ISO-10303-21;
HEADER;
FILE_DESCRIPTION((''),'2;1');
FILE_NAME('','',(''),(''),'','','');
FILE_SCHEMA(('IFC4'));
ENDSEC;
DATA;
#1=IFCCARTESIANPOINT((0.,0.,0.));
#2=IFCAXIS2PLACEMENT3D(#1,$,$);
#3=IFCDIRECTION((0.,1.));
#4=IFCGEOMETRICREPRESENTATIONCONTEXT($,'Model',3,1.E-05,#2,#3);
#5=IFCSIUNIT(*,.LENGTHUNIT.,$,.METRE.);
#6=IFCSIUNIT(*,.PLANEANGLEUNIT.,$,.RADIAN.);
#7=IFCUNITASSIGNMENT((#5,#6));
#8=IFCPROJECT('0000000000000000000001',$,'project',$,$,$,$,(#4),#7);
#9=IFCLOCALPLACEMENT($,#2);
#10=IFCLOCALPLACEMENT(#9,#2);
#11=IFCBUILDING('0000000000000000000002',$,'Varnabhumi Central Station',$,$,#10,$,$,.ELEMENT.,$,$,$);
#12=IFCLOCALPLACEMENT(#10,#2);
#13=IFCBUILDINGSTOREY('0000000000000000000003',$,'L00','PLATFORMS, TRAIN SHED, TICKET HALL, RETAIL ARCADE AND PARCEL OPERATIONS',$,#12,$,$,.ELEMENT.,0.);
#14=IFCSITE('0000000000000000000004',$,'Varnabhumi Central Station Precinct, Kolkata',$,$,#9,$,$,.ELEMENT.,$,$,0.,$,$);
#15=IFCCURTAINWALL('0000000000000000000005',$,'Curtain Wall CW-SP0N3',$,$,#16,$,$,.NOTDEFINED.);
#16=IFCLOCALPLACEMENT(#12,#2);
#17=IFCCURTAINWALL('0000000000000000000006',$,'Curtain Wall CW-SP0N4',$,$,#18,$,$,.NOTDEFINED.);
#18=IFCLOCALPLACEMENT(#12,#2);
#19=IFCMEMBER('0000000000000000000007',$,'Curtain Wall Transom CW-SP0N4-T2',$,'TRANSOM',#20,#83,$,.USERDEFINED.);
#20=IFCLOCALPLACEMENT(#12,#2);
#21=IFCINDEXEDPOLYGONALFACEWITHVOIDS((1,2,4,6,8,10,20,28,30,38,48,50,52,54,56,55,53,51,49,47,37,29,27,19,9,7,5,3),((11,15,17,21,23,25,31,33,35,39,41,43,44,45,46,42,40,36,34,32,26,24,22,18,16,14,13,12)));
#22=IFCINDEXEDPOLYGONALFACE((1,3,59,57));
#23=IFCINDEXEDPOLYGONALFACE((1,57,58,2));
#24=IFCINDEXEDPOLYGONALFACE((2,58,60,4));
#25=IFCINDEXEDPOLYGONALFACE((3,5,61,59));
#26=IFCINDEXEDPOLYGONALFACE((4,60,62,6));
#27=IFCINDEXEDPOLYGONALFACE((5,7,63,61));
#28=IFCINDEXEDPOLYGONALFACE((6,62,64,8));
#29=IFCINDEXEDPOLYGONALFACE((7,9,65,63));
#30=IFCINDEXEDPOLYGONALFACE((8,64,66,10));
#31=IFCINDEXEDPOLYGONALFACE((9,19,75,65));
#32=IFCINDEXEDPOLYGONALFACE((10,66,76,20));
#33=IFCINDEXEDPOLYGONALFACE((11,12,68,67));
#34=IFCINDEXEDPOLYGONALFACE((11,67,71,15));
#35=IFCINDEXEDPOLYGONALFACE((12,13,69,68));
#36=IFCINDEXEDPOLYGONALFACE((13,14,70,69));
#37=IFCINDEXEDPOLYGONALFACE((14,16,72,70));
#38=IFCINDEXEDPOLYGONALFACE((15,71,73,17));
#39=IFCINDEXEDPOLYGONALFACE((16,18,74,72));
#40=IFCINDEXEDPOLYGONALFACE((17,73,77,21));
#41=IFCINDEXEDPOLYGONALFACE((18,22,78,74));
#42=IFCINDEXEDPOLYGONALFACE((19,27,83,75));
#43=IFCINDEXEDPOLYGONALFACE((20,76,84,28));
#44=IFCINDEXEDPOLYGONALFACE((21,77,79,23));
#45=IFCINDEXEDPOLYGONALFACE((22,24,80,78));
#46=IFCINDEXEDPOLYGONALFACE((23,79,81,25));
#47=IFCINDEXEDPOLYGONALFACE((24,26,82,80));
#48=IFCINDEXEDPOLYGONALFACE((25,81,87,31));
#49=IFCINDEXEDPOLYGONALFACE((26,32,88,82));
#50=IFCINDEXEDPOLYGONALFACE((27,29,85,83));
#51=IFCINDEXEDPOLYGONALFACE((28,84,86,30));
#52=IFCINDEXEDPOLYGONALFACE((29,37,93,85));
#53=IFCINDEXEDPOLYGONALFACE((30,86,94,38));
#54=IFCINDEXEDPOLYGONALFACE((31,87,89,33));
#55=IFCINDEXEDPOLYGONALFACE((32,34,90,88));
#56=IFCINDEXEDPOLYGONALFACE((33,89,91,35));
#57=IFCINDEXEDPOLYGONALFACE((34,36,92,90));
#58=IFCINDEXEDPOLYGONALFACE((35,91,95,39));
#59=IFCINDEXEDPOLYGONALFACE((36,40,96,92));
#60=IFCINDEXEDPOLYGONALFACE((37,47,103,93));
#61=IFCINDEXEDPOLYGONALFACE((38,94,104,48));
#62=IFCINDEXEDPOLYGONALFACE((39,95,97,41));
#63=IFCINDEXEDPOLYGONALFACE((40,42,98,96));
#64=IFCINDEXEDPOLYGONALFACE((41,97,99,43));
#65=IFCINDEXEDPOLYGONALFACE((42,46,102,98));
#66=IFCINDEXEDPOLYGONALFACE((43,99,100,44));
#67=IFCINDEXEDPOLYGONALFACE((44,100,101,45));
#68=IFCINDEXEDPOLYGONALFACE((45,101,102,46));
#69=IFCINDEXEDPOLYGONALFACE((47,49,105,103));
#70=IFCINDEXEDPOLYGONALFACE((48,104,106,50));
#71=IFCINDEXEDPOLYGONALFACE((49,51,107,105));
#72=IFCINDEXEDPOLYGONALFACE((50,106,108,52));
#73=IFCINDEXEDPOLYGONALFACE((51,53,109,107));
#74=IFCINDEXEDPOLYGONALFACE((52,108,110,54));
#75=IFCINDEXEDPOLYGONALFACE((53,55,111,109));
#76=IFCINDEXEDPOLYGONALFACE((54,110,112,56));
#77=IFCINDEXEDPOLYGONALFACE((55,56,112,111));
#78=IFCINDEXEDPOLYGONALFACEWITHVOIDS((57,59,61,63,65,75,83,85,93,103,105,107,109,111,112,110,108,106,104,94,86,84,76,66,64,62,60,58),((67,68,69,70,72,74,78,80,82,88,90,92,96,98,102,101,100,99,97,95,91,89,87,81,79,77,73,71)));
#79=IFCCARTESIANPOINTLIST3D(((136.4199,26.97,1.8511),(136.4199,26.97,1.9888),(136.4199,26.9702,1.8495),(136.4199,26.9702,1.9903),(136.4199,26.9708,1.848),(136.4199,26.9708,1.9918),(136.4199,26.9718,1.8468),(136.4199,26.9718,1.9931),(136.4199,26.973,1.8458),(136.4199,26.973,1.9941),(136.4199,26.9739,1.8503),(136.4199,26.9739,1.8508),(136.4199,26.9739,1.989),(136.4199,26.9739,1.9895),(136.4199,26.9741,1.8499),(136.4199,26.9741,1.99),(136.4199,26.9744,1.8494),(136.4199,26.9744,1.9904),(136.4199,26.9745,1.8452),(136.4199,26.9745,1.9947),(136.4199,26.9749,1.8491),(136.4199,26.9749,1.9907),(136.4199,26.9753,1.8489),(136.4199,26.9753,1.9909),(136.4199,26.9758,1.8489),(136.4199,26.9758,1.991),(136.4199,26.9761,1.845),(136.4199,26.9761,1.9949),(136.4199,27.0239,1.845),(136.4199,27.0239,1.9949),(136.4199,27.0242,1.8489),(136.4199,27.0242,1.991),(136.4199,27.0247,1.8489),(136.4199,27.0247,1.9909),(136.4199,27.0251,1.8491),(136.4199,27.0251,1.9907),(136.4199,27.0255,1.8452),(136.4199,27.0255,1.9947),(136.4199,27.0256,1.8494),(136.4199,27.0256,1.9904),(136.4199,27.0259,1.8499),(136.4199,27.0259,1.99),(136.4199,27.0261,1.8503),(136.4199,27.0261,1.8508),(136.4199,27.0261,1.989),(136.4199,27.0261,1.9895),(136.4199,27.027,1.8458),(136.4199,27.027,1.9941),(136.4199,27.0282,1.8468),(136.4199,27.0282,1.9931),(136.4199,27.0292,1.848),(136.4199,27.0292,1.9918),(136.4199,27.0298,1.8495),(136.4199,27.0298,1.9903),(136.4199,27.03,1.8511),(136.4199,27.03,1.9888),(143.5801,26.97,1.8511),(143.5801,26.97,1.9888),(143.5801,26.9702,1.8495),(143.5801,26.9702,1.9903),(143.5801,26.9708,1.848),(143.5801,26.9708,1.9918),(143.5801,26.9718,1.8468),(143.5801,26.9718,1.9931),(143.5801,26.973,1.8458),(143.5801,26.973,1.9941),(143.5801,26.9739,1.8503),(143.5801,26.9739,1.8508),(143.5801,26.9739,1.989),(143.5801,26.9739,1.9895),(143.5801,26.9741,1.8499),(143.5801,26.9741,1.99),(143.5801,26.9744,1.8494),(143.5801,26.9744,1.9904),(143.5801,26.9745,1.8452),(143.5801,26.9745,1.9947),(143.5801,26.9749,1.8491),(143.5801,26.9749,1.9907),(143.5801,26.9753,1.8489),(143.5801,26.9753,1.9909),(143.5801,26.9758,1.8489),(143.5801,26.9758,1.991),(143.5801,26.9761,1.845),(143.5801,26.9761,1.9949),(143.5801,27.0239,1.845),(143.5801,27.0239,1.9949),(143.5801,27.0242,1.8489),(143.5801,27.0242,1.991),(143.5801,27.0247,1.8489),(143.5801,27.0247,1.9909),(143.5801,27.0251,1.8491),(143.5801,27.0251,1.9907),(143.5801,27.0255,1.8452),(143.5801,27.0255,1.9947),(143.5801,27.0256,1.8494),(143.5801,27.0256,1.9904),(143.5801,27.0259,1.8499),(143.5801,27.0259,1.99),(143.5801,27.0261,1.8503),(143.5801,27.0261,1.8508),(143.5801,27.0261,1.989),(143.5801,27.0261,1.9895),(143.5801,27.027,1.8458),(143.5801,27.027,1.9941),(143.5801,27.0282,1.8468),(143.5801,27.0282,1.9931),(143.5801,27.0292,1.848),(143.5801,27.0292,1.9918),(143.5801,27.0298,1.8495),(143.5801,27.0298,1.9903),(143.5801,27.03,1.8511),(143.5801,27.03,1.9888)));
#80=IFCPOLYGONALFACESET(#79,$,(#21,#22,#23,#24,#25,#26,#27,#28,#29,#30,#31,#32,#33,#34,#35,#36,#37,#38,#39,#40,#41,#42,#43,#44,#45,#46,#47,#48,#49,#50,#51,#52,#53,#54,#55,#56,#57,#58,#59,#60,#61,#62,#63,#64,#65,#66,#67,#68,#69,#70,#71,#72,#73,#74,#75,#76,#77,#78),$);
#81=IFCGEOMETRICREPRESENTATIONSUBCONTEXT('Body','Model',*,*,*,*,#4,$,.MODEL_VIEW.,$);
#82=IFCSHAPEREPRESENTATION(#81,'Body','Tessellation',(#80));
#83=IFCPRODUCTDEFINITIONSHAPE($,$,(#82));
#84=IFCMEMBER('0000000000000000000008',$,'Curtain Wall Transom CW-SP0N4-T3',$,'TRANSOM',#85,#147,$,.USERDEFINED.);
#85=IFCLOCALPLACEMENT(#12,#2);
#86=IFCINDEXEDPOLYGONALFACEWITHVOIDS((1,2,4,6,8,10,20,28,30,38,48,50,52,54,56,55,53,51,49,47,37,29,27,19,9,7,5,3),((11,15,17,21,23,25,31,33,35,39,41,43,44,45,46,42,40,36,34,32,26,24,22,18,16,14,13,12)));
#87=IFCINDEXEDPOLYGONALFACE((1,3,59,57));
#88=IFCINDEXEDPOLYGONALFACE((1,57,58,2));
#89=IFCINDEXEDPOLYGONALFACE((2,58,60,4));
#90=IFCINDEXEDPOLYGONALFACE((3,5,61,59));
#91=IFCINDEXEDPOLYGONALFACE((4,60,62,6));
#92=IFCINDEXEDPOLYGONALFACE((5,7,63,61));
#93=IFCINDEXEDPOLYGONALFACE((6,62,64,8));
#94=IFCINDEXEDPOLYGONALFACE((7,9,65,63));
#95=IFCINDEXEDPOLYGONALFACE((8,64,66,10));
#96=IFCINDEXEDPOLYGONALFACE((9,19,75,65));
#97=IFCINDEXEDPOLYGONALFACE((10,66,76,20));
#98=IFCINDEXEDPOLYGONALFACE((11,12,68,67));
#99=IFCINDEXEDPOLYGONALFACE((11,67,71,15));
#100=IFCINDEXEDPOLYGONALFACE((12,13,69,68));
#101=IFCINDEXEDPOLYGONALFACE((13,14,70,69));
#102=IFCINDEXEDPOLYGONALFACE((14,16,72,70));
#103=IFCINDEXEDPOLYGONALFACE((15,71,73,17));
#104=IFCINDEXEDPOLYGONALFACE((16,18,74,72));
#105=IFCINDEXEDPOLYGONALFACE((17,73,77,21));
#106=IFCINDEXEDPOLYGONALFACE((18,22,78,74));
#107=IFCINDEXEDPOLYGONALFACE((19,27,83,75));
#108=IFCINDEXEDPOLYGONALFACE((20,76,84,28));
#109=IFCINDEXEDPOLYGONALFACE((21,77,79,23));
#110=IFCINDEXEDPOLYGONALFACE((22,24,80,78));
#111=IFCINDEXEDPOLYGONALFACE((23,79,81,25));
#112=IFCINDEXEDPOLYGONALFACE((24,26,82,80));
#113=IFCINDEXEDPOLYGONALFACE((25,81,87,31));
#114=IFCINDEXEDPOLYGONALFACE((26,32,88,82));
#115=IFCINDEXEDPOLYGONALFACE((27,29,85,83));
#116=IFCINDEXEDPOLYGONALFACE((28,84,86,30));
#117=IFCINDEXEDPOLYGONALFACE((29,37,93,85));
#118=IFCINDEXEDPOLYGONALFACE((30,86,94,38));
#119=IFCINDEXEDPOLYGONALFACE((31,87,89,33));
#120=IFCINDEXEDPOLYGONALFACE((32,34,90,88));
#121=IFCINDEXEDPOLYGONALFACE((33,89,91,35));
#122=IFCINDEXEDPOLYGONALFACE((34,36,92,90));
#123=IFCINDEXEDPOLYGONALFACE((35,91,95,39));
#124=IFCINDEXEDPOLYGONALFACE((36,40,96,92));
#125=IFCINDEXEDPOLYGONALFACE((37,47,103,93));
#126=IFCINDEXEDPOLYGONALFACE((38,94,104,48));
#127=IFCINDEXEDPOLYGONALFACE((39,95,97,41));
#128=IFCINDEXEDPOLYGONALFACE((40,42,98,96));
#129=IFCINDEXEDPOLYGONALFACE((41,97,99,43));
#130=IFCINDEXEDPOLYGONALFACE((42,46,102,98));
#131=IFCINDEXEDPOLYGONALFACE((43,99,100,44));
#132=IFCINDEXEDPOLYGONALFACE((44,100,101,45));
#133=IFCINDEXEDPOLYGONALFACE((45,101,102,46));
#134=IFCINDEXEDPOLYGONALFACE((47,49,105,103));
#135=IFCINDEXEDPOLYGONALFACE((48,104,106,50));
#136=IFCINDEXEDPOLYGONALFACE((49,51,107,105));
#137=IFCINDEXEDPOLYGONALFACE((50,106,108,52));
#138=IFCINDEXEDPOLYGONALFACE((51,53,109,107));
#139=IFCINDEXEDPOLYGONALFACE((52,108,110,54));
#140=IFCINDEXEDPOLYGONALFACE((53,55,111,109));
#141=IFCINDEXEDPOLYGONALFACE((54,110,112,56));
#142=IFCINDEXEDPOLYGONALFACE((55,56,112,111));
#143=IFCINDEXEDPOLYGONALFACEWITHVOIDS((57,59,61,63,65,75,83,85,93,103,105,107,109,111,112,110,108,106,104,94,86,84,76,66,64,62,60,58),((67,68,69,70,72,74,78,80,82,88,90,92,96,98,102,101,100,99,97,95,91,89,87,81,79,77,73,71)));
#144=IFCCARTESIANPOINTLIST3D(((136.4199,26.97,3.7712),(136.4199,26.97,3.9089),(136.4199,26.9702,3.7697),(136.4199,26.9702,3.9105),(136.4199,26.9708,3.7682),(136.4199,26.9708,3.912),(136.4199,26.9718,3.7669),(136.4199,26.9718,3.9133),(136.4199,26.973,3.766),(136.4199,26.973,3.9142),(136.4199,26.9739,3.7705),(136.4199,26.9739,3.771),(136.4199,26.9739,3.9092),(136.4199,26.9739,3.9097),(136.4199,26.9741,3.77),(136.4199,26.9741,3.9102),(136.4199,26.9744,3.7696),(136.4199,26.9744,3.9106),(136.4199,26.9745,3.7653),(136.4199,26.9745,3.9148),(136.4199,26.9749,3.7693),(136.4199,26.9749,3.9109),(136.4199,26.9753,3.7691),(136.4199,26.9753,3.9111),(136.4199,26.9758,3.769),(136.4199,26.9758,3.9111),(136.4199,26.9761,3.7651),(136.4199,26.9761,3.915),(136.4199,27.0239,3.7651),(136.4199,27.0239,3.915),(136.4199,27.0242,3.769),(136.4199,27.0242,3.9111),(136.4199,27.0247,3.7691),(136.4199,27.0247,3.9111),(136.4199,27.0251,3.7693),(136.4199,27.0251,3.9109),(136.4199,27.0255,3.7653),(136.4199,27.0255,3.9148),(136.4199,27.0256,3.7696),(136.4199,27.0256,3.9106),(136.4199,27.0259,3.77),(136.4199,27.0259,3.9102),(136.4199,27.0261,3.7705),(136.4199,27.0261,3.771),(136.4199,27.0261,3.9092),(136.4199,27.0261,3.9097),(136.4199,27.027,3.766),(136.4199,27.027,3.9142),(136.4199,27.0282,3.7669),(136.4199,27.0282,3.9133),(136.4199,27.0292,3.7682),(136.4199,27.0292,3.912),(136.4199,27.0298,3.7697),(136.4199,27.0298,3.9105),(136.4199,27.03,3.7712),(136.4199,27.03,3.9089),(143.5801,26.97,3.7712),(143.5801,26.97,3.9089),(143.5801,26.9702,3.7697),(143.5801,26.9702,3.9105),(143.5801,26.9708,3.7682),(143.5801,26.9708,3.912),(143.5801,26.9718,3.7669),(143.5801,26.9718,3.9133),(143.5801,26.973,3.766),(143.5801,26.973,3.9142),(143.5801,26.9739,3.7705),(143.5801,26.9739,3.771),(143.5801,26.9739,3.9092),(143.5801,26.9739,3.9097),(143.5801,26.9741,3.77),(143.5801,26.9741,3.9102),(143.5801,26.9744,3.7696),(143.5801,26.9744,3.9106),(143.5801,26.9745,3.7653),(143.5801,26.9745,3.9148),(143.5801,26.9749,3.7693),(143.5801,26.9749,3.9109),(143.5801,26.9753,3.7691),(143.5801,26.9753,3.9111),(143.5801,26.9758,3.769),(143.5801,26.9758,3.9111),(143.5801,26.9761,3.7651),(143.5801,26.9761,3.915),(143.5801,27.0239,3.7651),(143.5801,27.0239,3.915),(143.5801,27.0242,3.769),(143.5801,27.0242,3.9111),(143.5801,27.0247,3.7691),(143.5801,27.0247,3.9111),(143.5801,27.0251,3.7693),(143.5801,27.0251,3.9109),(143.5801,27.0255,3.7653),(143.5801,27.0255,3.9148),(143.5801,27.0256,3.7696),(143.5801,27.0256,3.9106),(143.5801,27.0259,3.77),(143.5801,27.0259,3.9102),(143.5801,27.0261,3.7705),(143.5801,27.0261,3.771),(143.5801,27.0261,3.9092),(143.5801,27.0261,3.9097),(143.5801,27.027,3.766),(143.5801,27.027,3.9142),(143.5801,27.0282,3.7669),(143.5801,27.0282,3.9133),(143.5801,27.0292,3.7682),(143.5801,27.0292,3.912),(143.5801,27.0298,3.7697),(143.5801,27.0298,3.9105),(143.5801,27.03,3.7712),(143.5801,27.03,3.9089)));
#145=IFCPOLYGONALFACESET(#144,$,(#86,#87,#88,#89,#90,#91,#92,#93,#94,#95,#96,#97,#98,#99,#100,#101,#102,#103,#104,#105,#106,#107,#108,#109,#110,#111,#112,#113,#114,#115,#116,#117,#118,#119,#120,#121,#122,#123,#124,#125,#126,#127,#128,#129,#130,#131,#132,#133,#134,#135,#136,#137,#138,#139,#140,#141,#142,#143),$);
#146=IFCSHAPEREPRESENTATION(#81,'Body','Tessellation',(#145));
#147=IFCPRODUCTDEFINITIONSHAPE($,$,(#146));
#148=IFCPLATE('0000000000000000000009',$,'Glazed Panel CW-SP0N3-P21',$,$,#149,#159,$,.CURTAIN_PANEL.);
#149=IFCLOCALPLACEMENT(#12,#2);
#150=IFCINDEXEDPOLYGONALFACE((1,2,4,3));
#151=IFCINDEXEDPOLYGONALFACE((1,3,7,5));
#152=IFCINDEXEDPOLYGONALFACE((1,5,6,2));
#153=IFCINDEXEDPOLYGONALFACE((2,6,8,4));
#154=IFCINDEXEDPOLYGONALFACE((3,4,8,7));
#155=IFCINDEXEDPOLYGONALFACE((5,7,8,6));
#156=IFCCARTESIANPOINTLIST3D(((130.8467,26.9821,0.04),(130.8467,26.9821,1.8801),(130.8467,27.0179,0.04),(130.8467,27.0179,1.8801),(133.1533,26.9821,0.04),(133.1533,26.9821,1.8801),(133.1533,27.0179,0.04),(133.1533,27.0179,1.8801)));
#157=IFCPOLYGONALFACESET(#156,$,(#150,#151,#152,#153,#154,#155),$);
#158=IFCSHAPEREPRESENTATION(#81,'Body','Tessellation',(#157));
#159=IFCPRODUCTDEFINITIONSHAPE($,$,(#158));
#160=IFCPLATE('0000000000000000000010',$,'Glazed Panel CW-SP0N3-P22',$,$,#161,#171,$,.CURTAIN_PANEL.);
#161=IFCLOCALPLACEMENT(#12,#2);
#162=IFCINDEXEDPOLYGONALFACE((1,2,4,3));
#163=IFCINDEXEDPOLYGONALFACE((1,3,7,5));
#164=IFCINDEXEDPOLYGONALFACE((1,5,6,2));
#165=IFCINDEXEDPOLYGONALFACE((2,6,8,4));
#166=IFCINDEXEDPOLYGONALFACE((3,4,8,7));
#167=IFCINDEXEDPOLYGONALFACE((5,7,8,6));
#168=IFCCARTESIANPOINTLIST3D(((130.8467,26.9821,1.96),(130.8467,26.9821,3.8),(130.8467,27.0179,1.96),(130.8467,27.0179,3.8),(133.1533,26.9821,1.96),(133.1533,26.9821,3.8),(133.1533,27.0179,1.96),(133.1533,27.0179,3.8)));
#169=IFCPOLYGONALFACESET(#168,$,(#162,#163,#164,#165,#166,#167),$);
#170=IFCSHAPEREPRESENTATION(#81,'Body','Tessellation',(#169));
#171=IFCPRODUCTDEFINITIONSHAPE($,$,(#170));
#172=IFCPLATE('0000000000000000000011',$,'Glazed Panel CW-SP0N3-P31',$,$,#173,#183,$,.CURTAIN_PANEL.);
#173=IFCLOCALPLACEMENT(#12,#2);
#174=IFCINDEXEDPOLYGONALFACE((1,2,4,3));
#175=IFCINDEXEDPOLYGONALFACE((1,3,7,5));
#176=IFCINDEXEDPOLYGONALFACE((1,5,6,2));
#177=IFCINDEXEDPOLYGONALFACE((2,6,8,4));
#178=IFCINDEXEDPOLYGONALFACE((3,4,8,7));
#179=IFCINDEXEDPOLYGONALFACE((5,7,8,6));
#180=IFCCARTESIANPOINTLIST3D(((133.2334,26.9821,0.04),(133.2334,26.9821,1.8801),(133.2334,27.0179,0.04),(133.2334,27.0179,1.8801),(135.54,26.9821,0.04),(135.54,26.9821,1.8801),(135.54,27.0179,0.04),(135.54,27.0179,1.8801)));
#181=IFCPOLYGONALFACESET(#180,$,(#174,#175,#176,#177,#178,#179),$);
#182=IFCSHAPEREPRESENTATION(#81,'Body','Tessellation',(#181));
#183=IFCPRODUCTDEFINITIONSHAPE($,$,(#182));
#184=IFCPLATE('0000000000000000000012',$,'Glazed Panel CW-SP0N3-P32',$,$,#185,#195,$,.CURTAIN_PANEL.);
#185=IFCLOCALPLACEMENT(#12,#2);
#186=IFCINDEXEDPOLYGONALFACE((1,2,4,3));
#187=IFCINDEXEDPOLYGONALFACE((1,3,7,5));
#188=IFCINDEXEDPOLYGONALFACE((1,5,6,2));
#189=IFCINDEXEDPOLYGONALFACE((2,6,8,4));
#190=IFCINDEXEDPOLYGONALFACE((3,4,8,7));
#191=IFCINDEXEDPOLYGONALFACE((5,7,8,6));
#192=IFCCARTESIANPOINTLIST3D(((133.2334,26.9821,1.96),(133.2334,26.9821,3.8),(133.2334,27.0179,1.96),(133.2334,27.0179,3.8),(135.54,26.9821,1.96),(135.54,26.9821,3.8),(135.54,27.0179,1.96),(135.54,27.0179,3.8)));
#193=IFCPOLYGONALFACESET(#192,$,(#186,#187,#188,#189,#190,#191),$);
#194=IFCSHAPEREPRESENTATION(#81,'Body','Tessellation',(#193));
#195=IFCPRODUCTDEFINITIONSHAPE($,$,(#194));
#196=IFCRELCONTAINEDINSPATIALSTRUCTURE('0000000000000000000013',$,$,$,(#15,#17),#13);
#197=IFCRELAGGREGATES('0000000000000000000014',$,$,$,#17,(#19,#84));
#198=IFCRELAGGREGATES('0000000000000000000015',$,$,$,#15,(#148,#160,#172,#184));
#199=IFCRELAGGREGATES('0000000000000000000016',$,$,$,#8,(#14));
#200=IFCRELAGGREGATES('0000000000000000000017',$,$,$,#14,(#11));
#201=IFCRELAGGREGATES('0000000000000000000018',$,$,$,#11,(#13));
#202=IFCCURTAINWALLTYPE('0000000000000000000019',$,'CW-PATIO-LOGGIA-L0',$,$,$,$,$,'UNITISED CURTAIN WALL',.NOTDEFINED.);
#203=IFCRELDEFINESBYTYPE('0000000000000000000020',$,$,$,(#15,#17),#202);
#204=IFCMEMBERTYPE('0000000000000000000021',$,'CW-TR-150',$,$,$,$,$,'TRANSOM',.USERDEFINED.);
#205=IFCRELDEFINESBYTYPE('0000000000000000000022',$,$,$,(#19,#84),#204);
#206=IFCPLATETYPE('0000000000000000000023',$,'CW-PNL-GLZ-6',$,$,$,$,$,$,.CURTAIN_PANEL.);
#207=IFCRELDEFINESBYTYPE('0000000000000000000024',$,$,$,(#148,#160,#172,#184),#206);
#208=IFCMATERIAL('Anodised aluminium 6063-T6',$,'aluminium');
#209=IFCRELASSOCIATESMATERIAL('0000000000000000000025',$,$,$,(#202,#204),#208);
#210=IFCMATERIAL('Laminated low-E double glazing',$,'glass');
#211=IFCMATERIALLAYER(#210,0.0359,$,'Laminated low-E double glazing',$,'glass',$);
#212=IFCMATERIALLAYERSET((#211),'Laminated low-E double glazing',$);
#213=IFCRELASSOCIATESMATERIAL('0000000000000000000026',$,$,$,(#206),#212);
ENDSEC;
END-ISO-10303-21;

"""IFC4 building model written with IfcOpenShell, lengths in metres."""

from ifc_helpers import new_model, si_unit, direction, frame, origin, origin_2d, place, context, subcontext, project, spatial, rectangle, hollow_rectangle, extrude, material, layer, layer_set, material_profile, profile_set, type_object, element, aggregate, save


model = new_model("IFC4")

# Units and contexts
model_context = context("Model", 3, precision=1e-05, world=origin(), true_north=direction((0.0, 1.0)))
body_context = subcontext(model_context, "Body", "Model", "MODEL_VIEW")
ifc_project = project(units=[si_unit("LENGTHUNIT", "METRE"), si_unit("PLANEANGLEUNIT", "RADIAN")], contexts=[model_context])

# Site, building, storey
site_placement = place(None, origin())
site = spatial("IfcSite", under=ifc_project, at=site_placement, Name="Varnabhumi Central Station Precinct, Kolkata", CompositionType="ELEMENT", RefElevation=0.0)
building_placement = place(site_placement, origin())
building = spatial("IfcBuilding", under=site, at=building_placement, Name="Varnabhumi Central Station", CompositionType="ELEMENT")
storey_placement = place(building_placement, origin())
storey = spatial("IfcBuildingStorey", under=building, at=storey_placement, Name="L00", Description="PLATFORMS, TRAIN SHED, TICKET HALL, RETAIL ARCADE AND PARCEL OPERATIONS", CompositionType="ELEMENT", Elevation=0.0)

# Curtain walls, members
ifc_material_1 = material(Name="Anodised aluminium 6063-T6", Category="aluminium")
curtain_wall_type = type_object("IfcCurtainWallType", Name="CW-PATIO-LOGGIA-L0", ElementType="UNITISED CURTAIN WALL", PredefinedType="NOTDEFINED", material=ifc_material_1)
curtain_wall_1_placement = place(storey_placement, origin())
curtain_wall_1 = element("IfcCurtainWall", 1, at=curtain_wall_1_placement, inside=storey, type_object=curtain_wall_type, Name="Curtain Wall CW-SP0N3", PredefinedType="NOTDEFINED")
curtain_wall_2_placement = place(storey_placement, origin())
curtain_wall_2 = element("IfcCurtainWall", 2, at=curtain_wall_2_placement, inside=storey, type_object=curtain_wall_type, Name="Curtain Wall CW-SP0N4", PredefinedType="NOTDEFINED")
ifc_material_profile_1 = material_profile(ifc_material_1, hollow_rectangle(XDim=0.0601, YDim=0.1499, WallThickness=0.0039, InnerFilletRadius=0.002, OuterFilletRadius=0.0061, at=origin_2d()), Name="Anodised aluminium 6063-T6", Category="aluminium")
ifc_profile_set_1 = profile_set([ifc_material_profile_1], Name="Anodised aluminium 6063-T6")
member_type_1 = type_object("IfcMemberType", Name="CW-TR-150", ElementType="TRANSOM", PredefinedType="USERDEFINED", material=ifc_profile_set_1)
member_1_placement = place(storey_placement, frame((136.4199, 27.0, 1.9199), z_axis=(1.0, 0.0, 0.0), x_axis=(0.0, 1.0, 0.0)))
member_1 = element("IfcMember", 3, at=member_1_placement, type_object=member_type_1, Name="Curtain Wall Transom CW-SP0N4-T2", ObjectType="TRANSOM", PredefinedType="USERDEFINED", context=body_context, shape_type="SweptSolid", body=[
    extrude(hollow_rectangle(XDim=0.0601, YDim=0.1499, WallThickness=0.0039, InnerFilletRadius=0.002, OuterFilletRadius=0.0061, at=origin_2d()), origin(), (0.0, 0.0, 1.0), 7.1602),
])
member_2_placement = place(storey_placement, frame((136.4199, 27.0, 3.8401), z_axis=(1.0, 0.0, 0.0), x_axis=(0.0, 1.0, 0.0)))
member_2 = element("IfcMember", 4, at=member_2_placement, type_object=member_type_1, Name="Curtain Wall Transom CW-SP0N4-T3", ObjectType="TRANSOM", PredefinedType="USERDEFINED", context=body_context, shape_type="SweptSolid", body=[
    extrude(hollow_rectangle(XDim=0.0601, YDim=0.1499, WallThickness=0.0039, InnerFilletRadius=0.002, OuterFilletRadius=0.0061, at=origin_2d()), origin(), (0.0, 0.0, 1.0), 7.1602),
])
aggregate(curtain_wall_2, [member_1, member_2])

# Plates
ifc_material_2 = material(Name="Laminated low-E double glazing", Category="glass")
ifc_layer_1 = layer(ifc_material_2, 0.0359, Name="Laminated low-E double glazing", Category="glass")
ifc_layer_set_1 = layer_set([ifc_layer_1], Name="Laminated low-E double glazing")
plate_type = type_object("IfcPlateType", Name="CW-PNL-GLZ-6", PredefinedType="CURTAIN_PANEL", material=ifc_layer_set_1)
plate_1_placement = place(storey_placement, frame((132.0, 27.0, 0.04), z_axis=(0.0, 0.0, 1.0), x_axis=(1.0, 0.0, 0.0)))
plate_1 = element("IfcPlate", 5, at=plate_1_placement, type_object=plate_type, Name="Glazed Panel CW-SP0N3-P21", PredefinedType="CURTAIN_PANEL", context=body_context, shape_type="SweptSolid", body=[
    extrude(rectangle(XDim=2.3066, YDim=0.0359, at=origin_2d()), origin(), (0.0, 0.0, 1.0), 1.8401),
])
plate_2_placement = place(storey_placement, frame((132.0, 27.0, 1.96), z_axis=(0.0, 0.0, 1.0), x_axis=(1.0, 0.0, 0.0)))
plate_2 = element("IfcPlate", 6, at=plate_2_placement, type_object=plate_type, Name="Glazed Panel CW-SP0N3-P22", PredefinedType="CURTAIN_PANEL", context=body_context, shape_type="SweptSolid", body=[
    extrude(rectangle(XDim=2.3066, YDim=0.0359, at=origin_2d()), origin(), (0.0, 0.0, 1.0), 1.8401),
])
plate_3_placement = place(storey_placement, frame((134.3867, 27.0, 0.04), z_axis=(0.0, 0.0, 1.0), x_axis=(1.0, 0.0, 0.0)))
plate_3 = element("IfcPlate", 7, at=plate_3_placement, type_object=plate_type, Name="Glazed Panel CW-SP0N3-P31", PredefinedType="CURTAIN_PANEL", context=body_context, shape_type="SweptSolid", body=[
    extrude(rectangle(XDim=2.3066, YDim=0.0359, at=origin_2d()), origin(), (0.0, 0.0, 1.0), 1.8401),
])
plate_4_placement = place(storey_placement, frame((134.3867, 27.0, 1.96), z_axis=(0.0, 0.0, 1.0), x_axis=(1.0, 0.0, 0.0)))
plate_4 = element("IfcPlate", 8, at=plate_4_placement, type_object=plate_type, Name="Glazed Panel CW-SP0N3-P32", PredefinedType="CURTAIN_PANEL", context=body_context, shape_type="SweptSolid", body=[
    extrude(rectangle(XDim=2.3066, YDim=0.0359, at=origin_2d()), origin(), (0.0, 0.0, 1.0), 1.8401),
])
aggregate(curtain_wall_1, [plate_1, plate_2, plate_3, plate_4])

save(model, "model.ifc")
